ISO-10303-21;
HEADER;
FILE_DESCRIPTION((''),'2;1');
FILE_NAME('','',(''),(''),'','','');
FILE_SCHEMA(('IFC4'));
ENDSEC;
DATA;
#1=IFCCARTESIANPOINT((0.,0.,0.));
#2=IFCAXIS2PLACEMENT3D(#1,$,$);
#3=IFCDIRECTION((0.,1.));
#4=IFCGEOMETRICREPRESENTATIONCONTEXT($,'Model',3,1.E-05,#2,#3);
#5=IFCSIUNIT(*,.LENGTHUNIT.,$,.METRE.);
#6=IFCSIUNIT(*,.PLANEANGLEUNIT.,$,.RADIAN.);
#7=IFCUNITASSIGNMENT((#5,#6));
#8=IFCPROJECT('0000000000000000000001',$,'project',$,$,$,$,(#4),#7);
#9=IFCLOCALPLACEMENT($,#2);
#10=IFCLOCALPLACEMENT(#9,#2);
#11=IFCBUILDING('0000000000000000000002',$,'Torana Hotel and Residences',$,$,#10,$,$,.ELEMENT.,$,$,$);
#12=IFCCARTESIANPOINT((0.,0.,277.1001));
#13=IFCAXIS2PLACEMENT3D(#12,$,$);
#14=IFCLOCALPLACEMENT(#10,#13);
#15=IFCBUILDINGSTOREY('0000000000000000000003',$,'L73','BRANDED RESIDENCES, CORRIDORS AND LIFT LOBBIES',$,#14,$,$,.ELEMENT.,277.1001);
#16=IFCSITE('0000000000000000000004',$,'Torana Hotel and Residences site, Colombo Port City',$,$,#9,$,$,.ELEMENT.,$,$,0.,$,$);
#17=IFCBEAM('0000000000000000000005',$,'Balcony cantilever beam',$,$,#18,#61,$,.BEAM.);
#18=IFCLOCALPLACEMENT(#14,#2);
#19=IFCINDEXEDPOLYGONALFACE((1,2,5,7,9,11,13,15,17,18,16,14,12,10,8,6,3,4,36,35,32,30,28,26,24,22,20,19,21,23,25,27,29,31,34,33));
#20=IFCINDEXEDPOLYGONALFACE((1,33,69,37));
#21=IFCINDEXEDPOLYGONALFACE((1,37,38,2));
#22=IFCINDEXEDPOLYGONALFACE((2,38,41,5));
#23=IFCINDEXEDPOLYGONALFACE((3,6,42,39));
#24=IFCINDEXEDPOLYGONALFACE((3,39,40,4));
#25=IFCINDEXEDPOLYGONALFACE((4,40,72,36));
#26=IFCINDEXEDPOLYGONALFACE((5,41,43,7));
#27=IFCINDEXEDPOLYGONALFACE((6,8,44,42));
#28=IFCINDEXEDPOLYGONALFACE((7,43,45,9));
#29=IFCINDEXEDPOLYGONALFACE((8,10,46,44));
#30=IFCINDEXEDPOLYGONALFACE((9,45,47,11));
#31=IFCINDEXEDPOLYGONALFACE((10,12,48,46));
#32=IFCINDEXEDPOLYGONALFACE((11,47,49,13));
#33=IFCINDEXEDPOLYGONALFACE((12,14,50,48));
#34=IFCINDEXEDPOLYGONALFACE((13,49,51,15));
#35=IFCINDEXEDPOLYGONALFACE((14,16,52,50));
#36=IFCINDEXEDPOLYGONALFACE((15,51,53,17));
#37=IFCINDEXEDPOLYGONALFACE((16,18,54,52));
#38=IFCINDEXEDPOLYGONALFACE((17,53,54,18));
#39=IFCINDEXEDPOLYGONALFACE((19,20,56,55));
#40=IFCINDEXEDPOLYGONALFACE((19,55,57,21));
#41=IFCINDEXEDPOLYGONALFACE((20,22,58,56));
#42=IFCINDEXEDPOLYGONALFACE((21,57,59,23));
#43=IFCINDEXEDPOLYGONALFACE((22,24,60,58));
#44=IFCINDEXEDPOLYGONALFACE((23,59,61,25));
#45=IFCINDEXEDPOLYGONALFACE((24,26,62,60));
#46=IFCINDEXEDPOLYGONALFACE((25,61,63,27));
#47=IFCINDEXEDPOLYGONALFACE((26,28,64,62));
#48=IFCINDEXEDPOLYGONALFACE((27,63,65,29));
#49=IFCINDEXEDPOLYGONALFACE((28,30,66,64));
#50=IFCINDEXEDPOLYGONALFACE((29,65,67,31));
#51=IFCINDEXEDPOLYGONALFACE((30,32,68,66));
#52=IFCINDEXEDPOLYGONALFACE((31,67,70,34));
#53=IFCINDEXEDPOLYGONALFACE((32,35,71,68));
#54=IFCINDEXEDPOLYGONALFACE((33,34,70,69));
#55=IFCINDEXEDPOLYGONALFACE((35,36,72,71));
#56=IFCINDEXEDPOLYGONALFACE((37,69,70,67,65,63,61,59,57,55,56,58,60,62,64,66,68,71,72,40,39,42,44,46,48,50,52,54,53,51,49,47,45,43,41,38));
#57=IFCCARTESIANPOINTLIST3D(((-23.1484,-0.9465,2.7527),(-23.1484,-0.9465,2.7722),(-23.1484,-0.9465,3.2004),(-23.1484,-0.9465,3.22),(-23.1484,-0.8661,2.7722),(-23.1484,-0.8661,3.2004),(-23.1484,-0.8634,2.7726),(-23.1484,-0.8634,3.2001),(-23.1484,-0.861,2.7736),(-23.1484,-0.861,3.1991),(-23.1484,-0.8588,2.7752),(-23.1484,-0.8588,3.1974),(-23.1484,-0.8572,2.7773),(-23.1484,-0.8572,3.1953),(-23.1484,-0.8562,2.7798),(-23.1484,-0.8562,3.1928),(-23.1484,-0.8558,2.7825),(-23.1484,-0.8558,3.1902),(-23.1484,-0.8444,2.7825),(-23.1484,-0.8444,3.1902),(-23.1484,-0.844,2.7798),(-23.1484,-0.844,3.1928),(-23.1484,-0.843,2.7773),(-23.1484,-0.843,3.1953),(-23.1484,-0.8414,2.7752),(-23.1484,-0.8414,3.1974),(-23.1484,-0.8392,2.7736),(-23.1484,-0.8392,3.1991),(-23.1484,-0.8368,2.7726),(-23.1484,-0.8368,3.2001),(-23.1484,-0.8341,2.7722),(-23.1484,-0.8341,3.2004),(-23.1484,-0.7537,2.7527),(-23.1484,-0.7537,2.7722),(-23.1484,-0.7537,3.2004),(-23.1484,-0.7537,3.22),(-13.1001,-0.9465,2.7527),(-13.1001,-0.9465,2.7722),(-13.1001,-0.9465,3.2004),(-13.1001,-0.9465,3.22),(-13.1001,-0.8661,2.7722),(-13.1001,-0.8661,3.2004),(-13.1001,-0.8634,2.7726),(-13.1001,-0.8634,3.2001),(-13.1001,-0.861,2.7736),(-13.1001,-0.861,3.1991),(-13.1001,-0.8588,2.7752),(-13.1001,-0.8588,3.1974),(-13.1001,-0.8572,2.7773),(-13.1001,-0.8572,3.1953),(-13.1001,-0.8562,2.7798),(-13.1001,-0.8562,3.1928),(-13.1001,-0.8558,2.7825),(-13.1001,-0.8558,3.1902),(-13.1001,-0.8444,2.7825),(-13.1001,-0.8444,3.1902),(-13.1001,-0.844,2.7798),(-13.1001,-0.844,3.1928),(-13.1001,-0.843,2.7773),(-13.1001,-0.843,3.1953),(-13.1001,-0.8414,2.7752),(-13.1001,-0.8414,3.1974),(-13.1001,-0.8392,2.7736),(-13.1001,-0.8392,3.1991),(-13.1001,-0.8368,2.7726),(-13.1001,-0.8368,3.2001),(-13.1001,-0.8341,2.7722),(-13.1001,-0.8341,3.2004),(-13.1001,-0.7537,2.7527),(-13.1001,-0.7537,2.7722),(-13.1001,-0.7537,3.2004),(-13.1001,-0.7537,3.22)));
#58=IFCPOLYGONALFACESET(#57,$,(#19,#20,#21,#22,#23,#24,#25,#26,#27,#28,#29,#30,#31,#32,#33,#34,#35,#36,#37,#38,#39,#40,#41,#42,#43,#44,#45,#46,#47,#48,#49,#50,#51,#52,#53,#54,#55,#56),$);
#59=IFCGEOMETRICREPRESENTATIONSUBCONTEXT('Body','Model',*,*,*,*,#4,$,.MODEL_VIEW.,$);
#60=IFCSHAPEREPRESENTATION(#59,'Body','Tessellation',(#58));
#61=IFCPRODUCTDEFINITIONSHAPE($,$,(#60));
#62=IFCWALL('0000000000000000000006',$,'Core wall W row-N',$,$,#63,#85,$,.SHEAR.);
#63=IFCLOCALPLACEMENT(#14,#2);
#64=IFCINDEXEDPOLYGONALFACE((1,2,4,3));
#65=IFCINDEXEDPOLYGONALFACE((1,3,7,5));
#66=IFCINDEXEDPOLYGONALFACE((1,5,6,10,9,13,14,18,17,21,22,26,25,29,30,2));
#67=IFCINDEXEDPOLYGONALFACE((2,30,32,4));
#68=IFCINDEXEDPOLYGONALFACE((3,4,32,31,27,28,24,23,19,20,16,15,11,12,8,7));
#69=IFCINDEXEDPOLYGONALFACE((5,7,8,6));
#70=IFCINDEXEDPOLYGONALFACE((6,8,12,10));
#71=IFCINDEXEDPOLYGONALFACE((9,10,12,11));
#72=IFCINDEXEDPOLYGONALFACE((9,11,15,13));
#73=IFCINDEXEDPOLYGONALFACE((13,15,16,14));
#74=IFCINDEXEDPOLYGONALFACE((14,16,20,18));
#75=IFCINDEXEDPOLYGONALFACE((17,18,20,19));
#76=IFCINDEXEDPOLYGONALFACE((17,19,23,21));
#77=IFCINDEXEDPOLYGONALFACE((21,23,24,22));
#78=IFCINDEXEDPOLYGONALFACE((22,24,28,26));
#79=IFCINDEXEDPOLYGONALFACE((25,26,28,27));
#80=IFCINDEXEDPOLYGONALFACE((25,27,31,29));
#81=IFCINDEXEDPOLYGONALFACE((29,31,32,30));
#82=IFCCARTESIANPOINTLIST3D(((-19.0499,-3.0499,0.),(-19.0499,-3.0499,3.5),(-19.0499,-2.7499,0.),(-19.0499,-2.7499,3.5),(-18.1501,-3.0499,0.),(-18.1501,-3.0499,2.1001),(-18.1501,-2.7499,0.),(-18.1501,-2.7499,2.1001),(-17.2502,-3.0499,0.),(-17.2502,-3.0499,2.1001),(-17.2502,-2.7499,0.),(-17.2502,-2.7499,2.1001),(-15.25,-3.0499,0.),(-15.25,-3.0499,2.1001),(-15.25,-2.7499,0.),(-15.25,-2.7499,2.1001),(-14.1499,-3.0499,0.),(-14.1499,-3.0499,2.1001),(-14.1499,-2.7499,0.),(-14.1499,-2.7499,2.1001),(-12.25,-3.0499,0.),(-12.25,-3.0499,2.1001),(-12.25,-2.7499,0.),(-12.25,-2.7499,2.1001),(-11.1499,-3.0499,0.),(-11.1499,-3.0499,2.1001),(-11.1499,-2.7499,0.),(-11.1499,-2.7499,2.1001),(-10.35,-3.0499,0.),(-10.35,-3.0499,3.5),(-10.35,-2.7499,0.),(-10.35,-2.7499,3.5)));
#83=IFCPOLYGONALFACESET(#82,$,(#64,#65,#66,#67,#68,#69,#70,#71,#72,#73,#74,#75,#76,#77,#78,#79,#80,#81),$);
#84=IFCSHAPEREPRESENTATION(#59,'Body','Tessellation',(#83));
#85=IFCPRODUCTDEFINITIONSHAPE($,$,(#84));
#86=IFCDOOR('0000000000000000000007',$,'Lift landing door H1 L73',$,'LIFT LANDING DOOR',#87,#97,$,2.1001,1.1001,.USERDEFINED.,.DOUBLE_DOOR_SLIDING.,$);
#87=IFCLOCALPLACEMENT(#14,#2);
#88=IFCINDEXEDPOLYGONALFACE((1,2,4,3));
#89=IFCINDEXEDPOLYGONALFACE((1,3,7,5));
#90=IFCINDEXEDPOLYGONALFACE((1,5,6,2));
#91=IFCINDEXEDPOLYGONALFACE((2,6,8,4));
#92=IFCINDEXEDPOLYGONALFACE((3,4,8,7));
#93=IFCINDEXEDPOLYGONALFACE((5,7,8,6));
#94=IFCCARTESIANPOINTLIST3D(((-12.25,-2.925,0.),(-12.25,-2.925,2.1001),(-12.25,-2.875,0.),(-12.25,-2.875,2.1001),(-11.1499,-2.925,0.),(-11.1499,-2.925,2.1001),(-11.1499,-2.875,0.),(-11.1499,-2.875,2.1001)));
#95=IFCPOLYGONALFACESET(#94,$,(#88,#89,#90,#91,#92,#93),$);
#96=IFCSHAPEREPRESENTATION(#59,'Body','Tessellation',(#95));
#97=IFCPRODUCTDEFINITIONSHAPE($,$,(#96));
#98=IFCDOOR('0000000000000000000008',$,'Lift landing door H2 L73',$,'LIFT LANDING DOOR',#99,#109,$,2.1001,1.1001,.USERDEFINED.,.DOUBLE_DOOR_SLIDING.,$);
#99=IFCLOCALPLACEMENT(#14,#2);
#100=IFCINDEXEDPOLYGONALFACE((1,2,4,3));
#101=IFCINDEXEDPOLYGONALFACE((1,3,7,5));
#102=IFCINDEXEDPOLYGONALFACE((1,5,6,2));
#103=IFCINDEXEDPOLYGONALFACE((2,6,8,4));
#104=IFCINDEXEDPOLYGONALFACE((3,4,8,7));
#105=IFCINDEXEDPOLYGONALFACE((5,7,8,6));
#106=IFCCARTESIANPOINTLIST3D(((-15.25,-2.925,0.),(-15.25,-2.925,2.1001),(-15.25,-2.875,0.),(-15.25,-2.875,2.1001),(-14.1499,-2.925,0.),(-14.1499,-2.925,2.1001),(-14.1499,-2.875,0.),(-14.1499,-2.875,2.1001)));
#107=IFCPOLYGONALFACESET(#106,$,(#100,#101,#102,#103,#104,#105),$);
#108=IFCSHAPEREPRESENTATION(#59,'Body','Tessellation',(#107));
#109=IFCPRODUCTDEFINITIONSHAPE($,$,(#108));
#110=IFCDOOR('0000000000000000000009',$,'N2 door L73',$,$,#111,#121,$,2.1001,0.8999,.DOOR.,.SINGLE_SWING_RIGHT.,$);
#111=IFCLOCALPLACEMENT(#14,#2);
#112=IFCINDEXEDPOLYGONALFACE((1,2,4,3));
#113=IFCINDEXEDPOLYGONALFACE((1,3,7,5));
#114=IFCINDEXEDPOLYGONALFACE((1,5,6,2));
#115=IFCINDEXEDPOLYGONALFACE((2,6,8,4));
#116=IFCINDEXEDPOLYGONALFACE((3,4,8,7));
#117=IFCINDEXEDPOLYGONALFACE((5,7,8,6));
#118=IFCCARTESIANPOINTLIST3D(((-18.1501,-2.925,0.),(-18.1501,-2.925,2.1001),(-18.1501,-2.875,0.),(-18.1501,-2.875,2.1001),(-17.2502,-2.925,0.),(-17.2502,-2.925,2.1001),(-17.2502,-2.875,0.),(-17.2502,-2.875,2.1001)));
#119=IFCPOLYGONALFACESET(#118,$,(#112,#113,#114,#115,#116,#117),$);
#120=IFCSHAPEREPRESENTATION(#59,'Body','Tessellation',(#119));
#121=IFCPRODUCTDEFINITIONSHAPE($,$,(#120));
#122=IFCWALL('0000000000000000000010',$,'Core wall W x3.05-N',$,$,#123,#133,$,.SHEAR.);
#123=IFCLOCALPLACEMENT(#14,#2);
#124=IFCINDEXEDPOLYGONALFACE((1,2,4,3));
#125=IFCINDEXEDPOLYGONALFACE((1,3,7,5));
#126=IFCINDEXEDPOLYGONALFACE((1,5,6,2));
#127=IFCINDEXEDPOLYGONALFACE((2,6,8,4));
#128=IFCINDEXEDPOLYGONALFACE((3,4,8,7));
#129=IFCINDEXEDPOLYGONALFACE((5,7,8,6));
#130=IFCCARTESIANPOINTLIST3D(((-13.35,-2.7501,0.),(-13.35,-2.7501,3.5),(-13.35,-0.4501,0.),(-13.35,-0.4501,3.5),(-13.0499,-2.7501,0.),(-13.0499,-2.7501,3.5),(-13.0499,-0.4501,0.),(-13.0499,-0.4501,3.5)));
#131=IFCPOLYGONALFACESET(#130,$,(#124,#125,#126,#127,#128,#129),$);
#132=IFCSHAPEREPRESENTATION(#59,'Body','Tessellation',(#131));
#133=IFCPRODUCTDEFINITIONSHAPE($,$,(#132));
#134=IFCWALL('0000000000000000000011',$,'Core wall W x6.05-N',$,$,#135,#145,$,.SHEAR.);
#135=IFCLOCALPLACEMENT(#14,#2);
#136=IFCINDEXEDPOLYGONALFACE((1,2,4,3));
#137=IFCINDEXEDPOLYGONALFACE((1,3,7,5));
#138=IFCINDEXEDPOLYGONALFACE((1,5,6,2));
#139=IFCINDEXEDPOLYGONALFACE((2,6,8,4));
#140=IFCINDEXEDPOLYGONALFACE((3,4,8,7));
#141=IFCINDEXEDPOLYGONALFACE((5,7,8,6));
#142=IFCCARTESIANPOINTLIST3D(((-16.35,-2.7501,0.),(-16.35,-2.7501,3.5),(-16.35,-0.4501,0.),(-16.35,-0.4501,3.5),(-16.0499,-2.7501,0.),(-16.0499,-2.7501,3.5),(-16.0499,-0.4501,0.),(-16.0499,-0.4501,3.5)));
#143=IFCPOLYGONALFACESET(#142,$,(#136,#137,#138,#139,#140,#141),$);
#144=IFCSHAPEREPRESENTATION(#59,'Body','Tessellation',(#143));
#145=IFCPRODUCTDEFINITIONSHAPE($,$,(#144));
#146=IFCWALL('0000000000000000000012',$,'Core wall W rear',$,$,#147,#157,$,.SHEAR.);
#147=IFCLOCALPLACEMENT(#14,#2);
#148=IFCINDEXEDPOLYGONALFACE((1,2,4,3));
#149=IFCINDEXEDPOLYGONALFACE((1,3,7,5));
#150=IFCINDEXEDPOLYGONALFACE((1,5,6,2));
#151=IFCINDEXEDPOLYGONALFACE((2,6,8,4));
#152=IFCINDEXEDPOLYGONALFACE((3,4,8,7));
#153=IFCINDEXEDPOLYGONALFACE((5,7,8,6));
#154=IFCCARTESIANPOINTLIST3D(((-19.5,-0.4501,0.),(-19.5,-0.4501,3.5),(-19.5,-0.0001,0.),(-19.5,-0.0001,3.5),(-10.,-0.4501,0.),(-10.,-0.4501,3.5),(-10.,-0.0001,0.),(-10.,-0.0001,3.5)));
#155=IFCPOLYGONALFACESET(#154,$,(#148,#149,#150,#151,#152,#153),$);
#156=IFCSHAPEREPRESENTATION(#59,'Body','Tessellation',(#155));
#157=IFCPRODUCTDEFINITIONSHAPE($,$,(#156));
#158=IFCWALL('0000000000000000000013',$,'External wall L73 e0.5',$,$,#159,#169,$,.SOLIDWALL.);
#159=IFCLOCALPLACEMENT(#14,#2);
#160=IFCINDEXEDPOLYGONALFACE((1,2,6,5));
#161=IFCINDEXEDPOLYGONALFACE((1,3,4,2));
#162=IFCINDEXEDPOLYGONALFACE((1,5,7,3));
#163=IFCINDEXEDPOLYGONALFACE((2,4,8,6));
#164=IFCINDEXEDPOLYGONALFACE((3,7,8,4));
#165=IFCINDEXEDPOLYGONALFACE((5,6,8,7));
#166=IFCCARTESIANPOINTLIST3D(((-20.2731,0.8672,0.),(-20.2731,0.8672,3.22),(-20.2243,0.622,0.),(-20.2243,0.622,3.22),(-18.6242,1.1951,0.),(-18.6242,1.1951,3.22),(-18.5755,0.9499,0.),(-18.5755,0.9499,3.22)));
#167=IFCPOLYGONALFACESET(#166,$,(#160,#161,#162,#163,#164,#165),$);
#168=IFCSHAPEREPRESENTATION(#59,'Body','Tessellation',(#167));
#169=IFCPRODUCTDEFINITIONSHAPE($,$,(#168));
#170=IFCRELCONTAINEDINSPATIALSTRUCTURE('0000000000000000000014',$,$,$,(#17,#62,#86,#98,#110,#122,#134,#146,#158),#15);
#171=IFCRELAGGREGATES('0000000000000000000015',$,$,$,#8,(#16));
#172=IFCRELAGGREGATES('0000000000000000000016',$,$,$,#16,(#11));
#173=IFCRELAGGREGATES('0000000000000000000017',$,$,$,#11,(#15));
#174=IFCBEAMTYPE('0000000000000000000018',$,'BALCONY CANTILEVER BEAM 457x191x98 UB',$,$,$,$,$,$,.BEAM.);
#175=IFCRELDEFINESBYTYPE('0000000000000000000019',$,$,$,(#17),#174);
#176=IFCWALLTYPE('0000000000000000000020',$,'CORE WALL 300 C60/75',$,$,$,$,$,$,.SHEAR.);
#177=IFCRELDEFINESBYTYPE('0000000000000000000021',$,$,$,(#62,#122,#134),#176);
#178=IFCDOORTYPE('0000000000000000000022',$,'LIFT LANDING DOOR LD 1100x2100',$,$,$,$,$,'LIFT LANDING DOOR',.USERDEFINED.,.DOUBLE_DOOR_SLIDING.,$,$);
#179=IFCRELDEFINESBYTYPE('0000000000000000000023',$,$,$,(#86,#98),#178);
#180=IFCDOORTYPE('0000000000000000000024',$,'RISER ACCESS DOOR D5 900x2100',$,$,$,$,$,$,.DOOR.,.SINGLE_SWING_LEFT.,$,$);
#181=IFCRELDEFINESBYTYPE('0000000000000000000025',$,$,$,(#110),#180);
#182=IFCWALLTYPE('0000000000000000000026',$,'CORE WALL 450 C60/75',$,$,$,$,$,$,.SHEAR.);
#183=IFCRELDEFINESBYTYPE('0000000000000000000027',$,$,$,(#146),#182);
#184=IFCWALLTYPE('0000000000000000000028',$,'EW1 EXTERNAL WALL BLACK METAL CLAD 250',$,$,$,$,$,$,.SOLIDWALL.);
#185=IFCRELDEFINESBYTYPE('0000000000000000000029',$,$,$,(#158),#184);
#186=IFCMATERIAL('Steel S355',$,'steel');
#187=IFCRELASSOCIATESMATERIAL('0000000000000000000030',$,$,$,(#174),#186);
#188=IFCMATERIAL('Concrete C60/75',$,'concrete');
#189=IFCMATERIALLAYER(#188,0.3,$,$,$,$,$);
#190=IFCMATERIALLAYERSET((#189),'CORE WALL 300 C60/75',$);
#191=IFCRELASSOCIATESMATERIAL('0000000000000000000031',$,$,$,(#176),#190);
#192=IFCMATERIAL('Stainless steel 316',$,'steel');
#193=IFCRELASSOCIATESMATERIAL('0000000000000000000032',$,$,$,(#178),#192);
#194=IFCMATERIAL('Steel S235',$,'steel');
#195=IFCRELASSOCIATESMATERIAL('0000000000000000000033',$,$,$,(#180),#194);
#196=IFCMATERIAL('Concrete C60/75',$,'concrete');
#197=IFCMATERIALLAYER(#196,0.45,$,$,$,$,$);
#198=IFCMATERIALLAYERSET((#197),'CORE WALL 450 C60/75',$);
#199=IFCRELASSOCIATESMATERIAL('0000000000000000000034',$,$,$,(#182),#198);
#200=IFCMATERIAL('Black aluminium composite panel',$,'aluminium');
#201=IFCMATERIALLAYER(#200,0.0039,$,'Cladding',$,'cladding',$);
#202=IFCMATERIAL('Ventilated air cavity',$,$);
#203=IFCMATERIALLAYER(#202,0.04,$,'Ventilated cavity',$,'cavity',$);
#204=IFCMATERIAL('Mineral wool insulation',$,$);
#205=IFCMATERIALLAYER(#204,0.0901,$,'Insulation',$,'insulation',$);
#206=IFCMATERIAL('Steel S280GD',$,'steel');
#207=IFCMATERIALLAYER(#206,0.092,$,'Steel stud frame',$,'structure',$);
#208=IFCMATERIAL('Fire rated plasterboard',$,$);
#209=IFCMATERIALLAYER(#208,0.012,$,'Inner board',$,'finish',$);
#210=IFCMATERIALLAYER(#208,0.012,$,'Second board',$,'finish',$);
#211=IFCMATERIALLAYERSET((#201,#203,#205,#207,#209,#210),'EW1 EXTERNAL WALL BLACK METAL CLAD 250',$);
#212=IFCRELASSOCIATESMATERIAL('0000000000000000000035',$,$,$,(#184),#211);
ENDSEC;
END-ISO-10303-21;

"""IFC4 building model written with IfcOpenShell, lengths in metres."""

from ifc_helpers import new_model, si_unit, direction, frame, frame_2d, origin, origin_2d, place, context, subcontext, project, spatial, rectangle, i_section, extrude, material, layer, layer_set, material_profile, profile_set, type_object, element, fill, save


model = new_model("IFC4")

# Units and contexts
model_context = context("Model", 3, precision=1e-05, world=origin(), true_north=direction((0.0, 1.0)))
body_context = subcontext(model_context, "Body", "Model", "MODEL_VIEW")
ifc_project = project(units=[si_unit("LENGTHUNIT", "METRE"), si_unit("PLANEANGLEUNIT", "RADIAN")], contexts=[model_context])

# Site, building, storey
site_placement = place(None, origin())
site = spatial("IfcSite", under=ifc_project, at=site_placement, Name="Torana Hotel and Residences site, Colombo Port City", CompositionType="ELEMENT", RefElevation=0.0)
building_placement = place(site_placement, origin())
building = spatial("IfcBuilding", under=site, at=building_placement, Name="Torana Hotel and Residences", CompositionType="ELEMENT")
storey_placement = place(building_placement, frame((0.0, 0.0, 277.1001)))
storey = spatial("IfcBuildingStorey", under=building, at=storey_placement, Name="L73", Description="BRANDED RESIDENCES, CORRIDORS AND LIFT LOBBIES", CompositionType="ELEMENT", Elevation=277.1001)

# Beam
ifc_material_1 = material(Name="Steel S355", Category="steel")
ifc_material_profile = material_profile(ifc_material_1, i_section(OverallWidth=0.1929, OverallDepth=0.4673, WebThickness=0.0115, FlangeThickness=0.0195, FilletRadius=0.0103, at=origin_2d()), Name="457x191x98 UB")
ifc_profile_set = profile_set([ifc_material_profile], Name="Steel S355")
beam_type = type_object("IfcBeamType", Name="BALCONY CANTILEVER BEAM 457x191x98 UB", PredefinedType="BEAM", material=ifc_profile_set)
beam_placement = place(storey_placement, frame((-23.1484, -0.8501, 2.9863), z_axis=(1.0, 0.0, 0.0), x_axis=(0.0, 1.0, 0.0)))
element("IfcBeam", 1, at=beam_placement, inside=storey, type_object=beam_type, Name="Balcony cantilever beam", PredefinedType="BEAM", context=body_context, shape_type="SweptSolid", body=[
    extrude(i_section(OverallWidth=0.1929, OverallDepth=0.4673, WebThickness=0.0115, FlangeThickness=0.0195, FilletRadius=0.0103, at=origin_2d()), origin(), (0.0, 0.0, 1.0), 10.0483),
])

# Wall, openings, doors
ifc_material_2 = material(Name="Concrete C60/75", Category="concrete")
ifc_layer_1 = layer(ifc_material_2, 0.3)
ifc_layer_set_1 = layer_set([ifc_layer_1], Name="CORE WALL 300 C60/75")
wall_type_1 = type_object("IfcWallType", Name="CORE WALL 300 C60/75", PredefinedType="SHEAR", material=ifc_layer_set_1)
wall_1_placement = place(storey_placement, frame((-19.05, -2.8999, 0.0), z_axis=(0.0, 0.0, 1.0), x_axis=(1.0, 0.0, 0.0)))
wall_1 = element("IfcWall", 2, at=wall_1_placement, inside=storey, type_object=wall_type_1, Name="Core wall W row-N", PredefinedType="SHEAR", context=body_context, shape_type="SweptSolid", body=[
    extrude(rectangle(XDim=8.7, YDim=0.3, at=frame_2d((4.3501, 0.0))), origin(), (0.0, 0.0, 1.0), 3.5),
])
opening_1_placement = place(wall_1_placement, frame((6.8, 0.0, 0.0)))
opening_1 = element("IfcOpeningElement", 3, at=opening_1_placement, cuts=wall_1, PredefinedType="OPENING", context=body_context, shape_type="SweptSolid", body=[
    extrude(rectangle(XDim=1.1001, YDim=2.1001, at=frame_2d((0.55, 1.05))), frame((0.0, 0.1599, 0.0), z_axis=(0.0, -1.0, 0.0), x_axis=(1.0, 0.0, 0.0)), (0.0, 0.0, 1.0), 0.3201),
])
opening_2_placement = place(wall_1_placement, frame((3.8, 0.0, 0.0)))
opening_2 = element("IfcOpeningElement", 4, at=opening_2_placement, cuts=wall_1, PredefinedType="OPENING", context=body_context, shape_type="SweptSolid", body=[
    extrude(rectangle(XDim=1.1001, YDim=2.1001, at=frame_2d((0.55, 1.05))), frame((0.0, 0.1599, 0.0), z_axis=(0.0, -1.0, 0.0), x_axis=(1.0, 0.0, 0.0)), (0.0, 0.0, 1.0), 0.3201),
])
opening_3_placement = place(wall_1_placement, frame((0.8999, 0.0, 0.0)))
opening_3 = element("IfcOpeningElement", 5, at=opening_3_placement, cuts=wall_1, PredefinedType="OPENING", context=body_context, shape_type="SweptSolid", body=[
    extrude(rectangle(XDim=0.8999, YDim=2.1001, at=frame_2d((0.45, 1.05))), frame((0.0, 0.1599, 0.0), z_axis=(0.0, -1.0, 0.0), x_axis=(1.0, 0.0, 0.0)), (0.0, 0.0, 1.0), 0.3201),
])
ifc_material_3 = material(Name="Stainless steel 316", Category="steel")
door_type_1 = type_object("IfcDoorType", Name="LIFT LANDING DOOR LD 1100x2100", ElementType="LIFT LANDING DOOR", OperationType="DOUBLE_DOOR_SLIDING", PredefinedType="USERDEFINED", material=ifc_material_3)
door_1_placement = place(opening_1_placement, origin())
door_1 = element("IfcDoor", 6, at=door_1_placement, inside=storey, type_object=door_type_1, Name="Lift landing door H1 L73", ObjectType="LIFT LANDING DOOR", OperationType="DOUBLE_DOOR_SLIDING", OverallHeight=2.1001, OverallWidth=1.1001, PredefinedType="USERDEFINED", context=body_context, shape_type="SweptSolid", body=[
    extrude(rectangle(XDim=1.1001, YDim=2.1001, at=frame_2d((0.55, 1.05))), frame((0.0, 0.0249, 0.0), z_axis=(0.0, -1.0, 0.0), x_axis=(1.0, 0.0, 0.0)), (0.0, 0.0, 1.0), 0.05),
])
fill(opening_1, door_1)
door_2_placement = place(opening_2_placement, origin())
door_2 = element("IfcDoor", 7, at=door_2_placement, inside=storey, type_object=door_type_1, Name="Lift landing door H2 L73", ObjectType="LIFT LANDING DOOR", OperationType="DOUBLE_DOOR_SLIDING", OverallHeight=2.1001, OverallWidth=1.1001, PredefinedType="USERDEFINED", context=body_context, shape_type="SweptSolid", body=[
    extrude(rectangle(XDim=1.1001, YDim=2.1001, at=frame_2d((0.55, 1.05))), frame((0.0, 0.0249, 0.0), z_axis=(0.0, -1.0, 0.0), x_axis=(1.0, 0.0, 0.0)), (0.0, 0.0, 1.0), 0.05),
])
fill(opening_2, door_2)
ifc_material_4 = material(Name="Steel S235", Category="steel")
door_type_2 = type_object("IfcDoorType", Name="RISER ACCESS DOOR D5 900x2100", OperationType="SINGLE_SWING_LEFT", PredefinedType="DOOR", material=ifc_material_4)
door_3_placement = place(opening_3_placement, origin())
door_3 = element("IfcDoor", 8, at=door_3_placement, inside=storey, type_object=door_type_2, Name="N2 door L73", OperationType="SINGLE_SWING_RIGHT", OverallHeight=2.1001, OverallWidth=0.8999, PredefinedType="DOOR", context=body_context, shape_type="SweptSolid", body=[
    extrude(rectangle(XDim=0.8999, YDim=2.1001, at=frame_2d((0.45, 1.05))), frame((0.0, 0.0249, 0.0), z_axis=(0.0, -1.0, 0.0), x_axis=(1.0, 0.0, 0.0)), (0.0, 0.0, 1.0), 0.05),
])
fill(opening_3, door_3)

# Walls
for number, where, z_axis, x_axis, name in (
    (9, (-13.2, -2.75, 0.0), (0.0, 0.0, 1.0), (0.0, 1.0, 0.0), "Core wall W x3.05-N"),
    (10, (-16.2, -2.75, 0.0), (0.0, 0.0, 1.0), (0.0, 1.0, 0.0), "Core wall W x6.05-N"),
):
    element("IfcWall", number, at=place(storey_placement, frame(where, z_axis=z_axis, x_axis=x_axis)), inside=storey, type_object=wall_type_1, Name=name, PredefinedType="SHEAR", context=body_context, shape_type="SweptSolid", body=[
        extrude(rectangle(XDim=2.3, YDim=0.3, at=frame_2d((1.1499, 0.0))), origin(), (0.0, 0.0, 1.0), 3.5),
    ])
ifc_material_5 = material(Name="Concrete C60/75", Category="concrete")
ifc_layer_2 = layer(ifc_material_5, 0.45)
ifc_layer_set_2 = layer_set([ifc_layer_2], Name="CORE WALL 450 C60/75")
wall_type_2 = type_object("IfcWallType", Name="CORE WALL 450 C60/75", PredefinedType="SHEAR", material=ifc_layer_set_2)
wall_2_placement = place(storey_placement, frame((-19.5, -0.2251, 0.0), z_axis=(0.0, 0.0, 1.0), x_axis=(1.0, 0.0, 0.0)))
element("IfcWall", 11, at=wall_2_placement, inside=storey, type_object=wall_type_2, Name="Core wall W rear", PredefinedType="SHEAR", context=body_context, shape_type="SweptSolid", body=[
    extrude(rectangle(XDim=9.5, YDim=0.45, at=frame_2d((4.75, 0.0))), origin(), (0.0, 0.0, 1.0), 3.5),
])
ifc_material_6 = material(Name="Black aluminium composite panel", Category="aluminium")
ifc_layer_3 = layer(ifc_material_6, 0.0039, Name="Cladding", Category="cladding")
ifc_material_7 = material(Name="Ventilated air cavity")
ifc_layer_4 = layer(ifc_material_7, 0.04, Name="Ventilated cavity", Category="cavity")
ifc_material_8 = material(Name="Mineral wool insulation")
ifc_layer_5 = layer(ifc_material_8, 0.0901, Name="Insulation", Category="insulation")
ifc_material_9 = material(Name="Steel S280GD", Category="steel")
ifc_layer_6 = layer(ifc_material_9, 0.092, Name="Steel stud frame", Category="structure")
ifc_material_10 = material(Name="Fire rated plasterboard")
ifc_layer_7 = layer(ifc_material_10, 0.012, Name="Inner board", Category="finish")
ifc_layer_8 = layer(ifc_material_10, 0.012, Name="Second board", Category="finish")
ifc_layer_set_3 = layer_set([ifc_layer_3, ifc_layer_4, ifc_layer_5, ifc_layer_6, ifc_layer_7, ifc_layer_8], Name="EW1 EXTERNAL WALL BLACK METAL CLAD 250")
wall_type_3 = type_object("IfcWallType", Name="EW1 EXTERNAL WALL BLACK METAL CLAD 250", PredefinedType="SOLIDWALL", material=ifc_layer_set_3)
wall_3_placement = place(storey_placement, frame((-18.5999, 1.0725, 0.0), z_axis=(0.0, 0.0, 1.0), x_axis=(-0.980798, -0.195027, 0.0)))
element("IfcWall", 12, at=wall_3_placement, inside=storey, type_object=wall_type_3, Name="External wall L73 e0.5", PredefinedType="SOLIDWALL", context=body_context, shape_type="SweptSolid", body=[
    extrude(rectangle(XDim=1.6812, YDim=0.25, at=frame_2d((0.8406, 0.0))), origin(), (0.0, 0.0, 1.0), 3.22),
])

save(model, "model.ifc")
